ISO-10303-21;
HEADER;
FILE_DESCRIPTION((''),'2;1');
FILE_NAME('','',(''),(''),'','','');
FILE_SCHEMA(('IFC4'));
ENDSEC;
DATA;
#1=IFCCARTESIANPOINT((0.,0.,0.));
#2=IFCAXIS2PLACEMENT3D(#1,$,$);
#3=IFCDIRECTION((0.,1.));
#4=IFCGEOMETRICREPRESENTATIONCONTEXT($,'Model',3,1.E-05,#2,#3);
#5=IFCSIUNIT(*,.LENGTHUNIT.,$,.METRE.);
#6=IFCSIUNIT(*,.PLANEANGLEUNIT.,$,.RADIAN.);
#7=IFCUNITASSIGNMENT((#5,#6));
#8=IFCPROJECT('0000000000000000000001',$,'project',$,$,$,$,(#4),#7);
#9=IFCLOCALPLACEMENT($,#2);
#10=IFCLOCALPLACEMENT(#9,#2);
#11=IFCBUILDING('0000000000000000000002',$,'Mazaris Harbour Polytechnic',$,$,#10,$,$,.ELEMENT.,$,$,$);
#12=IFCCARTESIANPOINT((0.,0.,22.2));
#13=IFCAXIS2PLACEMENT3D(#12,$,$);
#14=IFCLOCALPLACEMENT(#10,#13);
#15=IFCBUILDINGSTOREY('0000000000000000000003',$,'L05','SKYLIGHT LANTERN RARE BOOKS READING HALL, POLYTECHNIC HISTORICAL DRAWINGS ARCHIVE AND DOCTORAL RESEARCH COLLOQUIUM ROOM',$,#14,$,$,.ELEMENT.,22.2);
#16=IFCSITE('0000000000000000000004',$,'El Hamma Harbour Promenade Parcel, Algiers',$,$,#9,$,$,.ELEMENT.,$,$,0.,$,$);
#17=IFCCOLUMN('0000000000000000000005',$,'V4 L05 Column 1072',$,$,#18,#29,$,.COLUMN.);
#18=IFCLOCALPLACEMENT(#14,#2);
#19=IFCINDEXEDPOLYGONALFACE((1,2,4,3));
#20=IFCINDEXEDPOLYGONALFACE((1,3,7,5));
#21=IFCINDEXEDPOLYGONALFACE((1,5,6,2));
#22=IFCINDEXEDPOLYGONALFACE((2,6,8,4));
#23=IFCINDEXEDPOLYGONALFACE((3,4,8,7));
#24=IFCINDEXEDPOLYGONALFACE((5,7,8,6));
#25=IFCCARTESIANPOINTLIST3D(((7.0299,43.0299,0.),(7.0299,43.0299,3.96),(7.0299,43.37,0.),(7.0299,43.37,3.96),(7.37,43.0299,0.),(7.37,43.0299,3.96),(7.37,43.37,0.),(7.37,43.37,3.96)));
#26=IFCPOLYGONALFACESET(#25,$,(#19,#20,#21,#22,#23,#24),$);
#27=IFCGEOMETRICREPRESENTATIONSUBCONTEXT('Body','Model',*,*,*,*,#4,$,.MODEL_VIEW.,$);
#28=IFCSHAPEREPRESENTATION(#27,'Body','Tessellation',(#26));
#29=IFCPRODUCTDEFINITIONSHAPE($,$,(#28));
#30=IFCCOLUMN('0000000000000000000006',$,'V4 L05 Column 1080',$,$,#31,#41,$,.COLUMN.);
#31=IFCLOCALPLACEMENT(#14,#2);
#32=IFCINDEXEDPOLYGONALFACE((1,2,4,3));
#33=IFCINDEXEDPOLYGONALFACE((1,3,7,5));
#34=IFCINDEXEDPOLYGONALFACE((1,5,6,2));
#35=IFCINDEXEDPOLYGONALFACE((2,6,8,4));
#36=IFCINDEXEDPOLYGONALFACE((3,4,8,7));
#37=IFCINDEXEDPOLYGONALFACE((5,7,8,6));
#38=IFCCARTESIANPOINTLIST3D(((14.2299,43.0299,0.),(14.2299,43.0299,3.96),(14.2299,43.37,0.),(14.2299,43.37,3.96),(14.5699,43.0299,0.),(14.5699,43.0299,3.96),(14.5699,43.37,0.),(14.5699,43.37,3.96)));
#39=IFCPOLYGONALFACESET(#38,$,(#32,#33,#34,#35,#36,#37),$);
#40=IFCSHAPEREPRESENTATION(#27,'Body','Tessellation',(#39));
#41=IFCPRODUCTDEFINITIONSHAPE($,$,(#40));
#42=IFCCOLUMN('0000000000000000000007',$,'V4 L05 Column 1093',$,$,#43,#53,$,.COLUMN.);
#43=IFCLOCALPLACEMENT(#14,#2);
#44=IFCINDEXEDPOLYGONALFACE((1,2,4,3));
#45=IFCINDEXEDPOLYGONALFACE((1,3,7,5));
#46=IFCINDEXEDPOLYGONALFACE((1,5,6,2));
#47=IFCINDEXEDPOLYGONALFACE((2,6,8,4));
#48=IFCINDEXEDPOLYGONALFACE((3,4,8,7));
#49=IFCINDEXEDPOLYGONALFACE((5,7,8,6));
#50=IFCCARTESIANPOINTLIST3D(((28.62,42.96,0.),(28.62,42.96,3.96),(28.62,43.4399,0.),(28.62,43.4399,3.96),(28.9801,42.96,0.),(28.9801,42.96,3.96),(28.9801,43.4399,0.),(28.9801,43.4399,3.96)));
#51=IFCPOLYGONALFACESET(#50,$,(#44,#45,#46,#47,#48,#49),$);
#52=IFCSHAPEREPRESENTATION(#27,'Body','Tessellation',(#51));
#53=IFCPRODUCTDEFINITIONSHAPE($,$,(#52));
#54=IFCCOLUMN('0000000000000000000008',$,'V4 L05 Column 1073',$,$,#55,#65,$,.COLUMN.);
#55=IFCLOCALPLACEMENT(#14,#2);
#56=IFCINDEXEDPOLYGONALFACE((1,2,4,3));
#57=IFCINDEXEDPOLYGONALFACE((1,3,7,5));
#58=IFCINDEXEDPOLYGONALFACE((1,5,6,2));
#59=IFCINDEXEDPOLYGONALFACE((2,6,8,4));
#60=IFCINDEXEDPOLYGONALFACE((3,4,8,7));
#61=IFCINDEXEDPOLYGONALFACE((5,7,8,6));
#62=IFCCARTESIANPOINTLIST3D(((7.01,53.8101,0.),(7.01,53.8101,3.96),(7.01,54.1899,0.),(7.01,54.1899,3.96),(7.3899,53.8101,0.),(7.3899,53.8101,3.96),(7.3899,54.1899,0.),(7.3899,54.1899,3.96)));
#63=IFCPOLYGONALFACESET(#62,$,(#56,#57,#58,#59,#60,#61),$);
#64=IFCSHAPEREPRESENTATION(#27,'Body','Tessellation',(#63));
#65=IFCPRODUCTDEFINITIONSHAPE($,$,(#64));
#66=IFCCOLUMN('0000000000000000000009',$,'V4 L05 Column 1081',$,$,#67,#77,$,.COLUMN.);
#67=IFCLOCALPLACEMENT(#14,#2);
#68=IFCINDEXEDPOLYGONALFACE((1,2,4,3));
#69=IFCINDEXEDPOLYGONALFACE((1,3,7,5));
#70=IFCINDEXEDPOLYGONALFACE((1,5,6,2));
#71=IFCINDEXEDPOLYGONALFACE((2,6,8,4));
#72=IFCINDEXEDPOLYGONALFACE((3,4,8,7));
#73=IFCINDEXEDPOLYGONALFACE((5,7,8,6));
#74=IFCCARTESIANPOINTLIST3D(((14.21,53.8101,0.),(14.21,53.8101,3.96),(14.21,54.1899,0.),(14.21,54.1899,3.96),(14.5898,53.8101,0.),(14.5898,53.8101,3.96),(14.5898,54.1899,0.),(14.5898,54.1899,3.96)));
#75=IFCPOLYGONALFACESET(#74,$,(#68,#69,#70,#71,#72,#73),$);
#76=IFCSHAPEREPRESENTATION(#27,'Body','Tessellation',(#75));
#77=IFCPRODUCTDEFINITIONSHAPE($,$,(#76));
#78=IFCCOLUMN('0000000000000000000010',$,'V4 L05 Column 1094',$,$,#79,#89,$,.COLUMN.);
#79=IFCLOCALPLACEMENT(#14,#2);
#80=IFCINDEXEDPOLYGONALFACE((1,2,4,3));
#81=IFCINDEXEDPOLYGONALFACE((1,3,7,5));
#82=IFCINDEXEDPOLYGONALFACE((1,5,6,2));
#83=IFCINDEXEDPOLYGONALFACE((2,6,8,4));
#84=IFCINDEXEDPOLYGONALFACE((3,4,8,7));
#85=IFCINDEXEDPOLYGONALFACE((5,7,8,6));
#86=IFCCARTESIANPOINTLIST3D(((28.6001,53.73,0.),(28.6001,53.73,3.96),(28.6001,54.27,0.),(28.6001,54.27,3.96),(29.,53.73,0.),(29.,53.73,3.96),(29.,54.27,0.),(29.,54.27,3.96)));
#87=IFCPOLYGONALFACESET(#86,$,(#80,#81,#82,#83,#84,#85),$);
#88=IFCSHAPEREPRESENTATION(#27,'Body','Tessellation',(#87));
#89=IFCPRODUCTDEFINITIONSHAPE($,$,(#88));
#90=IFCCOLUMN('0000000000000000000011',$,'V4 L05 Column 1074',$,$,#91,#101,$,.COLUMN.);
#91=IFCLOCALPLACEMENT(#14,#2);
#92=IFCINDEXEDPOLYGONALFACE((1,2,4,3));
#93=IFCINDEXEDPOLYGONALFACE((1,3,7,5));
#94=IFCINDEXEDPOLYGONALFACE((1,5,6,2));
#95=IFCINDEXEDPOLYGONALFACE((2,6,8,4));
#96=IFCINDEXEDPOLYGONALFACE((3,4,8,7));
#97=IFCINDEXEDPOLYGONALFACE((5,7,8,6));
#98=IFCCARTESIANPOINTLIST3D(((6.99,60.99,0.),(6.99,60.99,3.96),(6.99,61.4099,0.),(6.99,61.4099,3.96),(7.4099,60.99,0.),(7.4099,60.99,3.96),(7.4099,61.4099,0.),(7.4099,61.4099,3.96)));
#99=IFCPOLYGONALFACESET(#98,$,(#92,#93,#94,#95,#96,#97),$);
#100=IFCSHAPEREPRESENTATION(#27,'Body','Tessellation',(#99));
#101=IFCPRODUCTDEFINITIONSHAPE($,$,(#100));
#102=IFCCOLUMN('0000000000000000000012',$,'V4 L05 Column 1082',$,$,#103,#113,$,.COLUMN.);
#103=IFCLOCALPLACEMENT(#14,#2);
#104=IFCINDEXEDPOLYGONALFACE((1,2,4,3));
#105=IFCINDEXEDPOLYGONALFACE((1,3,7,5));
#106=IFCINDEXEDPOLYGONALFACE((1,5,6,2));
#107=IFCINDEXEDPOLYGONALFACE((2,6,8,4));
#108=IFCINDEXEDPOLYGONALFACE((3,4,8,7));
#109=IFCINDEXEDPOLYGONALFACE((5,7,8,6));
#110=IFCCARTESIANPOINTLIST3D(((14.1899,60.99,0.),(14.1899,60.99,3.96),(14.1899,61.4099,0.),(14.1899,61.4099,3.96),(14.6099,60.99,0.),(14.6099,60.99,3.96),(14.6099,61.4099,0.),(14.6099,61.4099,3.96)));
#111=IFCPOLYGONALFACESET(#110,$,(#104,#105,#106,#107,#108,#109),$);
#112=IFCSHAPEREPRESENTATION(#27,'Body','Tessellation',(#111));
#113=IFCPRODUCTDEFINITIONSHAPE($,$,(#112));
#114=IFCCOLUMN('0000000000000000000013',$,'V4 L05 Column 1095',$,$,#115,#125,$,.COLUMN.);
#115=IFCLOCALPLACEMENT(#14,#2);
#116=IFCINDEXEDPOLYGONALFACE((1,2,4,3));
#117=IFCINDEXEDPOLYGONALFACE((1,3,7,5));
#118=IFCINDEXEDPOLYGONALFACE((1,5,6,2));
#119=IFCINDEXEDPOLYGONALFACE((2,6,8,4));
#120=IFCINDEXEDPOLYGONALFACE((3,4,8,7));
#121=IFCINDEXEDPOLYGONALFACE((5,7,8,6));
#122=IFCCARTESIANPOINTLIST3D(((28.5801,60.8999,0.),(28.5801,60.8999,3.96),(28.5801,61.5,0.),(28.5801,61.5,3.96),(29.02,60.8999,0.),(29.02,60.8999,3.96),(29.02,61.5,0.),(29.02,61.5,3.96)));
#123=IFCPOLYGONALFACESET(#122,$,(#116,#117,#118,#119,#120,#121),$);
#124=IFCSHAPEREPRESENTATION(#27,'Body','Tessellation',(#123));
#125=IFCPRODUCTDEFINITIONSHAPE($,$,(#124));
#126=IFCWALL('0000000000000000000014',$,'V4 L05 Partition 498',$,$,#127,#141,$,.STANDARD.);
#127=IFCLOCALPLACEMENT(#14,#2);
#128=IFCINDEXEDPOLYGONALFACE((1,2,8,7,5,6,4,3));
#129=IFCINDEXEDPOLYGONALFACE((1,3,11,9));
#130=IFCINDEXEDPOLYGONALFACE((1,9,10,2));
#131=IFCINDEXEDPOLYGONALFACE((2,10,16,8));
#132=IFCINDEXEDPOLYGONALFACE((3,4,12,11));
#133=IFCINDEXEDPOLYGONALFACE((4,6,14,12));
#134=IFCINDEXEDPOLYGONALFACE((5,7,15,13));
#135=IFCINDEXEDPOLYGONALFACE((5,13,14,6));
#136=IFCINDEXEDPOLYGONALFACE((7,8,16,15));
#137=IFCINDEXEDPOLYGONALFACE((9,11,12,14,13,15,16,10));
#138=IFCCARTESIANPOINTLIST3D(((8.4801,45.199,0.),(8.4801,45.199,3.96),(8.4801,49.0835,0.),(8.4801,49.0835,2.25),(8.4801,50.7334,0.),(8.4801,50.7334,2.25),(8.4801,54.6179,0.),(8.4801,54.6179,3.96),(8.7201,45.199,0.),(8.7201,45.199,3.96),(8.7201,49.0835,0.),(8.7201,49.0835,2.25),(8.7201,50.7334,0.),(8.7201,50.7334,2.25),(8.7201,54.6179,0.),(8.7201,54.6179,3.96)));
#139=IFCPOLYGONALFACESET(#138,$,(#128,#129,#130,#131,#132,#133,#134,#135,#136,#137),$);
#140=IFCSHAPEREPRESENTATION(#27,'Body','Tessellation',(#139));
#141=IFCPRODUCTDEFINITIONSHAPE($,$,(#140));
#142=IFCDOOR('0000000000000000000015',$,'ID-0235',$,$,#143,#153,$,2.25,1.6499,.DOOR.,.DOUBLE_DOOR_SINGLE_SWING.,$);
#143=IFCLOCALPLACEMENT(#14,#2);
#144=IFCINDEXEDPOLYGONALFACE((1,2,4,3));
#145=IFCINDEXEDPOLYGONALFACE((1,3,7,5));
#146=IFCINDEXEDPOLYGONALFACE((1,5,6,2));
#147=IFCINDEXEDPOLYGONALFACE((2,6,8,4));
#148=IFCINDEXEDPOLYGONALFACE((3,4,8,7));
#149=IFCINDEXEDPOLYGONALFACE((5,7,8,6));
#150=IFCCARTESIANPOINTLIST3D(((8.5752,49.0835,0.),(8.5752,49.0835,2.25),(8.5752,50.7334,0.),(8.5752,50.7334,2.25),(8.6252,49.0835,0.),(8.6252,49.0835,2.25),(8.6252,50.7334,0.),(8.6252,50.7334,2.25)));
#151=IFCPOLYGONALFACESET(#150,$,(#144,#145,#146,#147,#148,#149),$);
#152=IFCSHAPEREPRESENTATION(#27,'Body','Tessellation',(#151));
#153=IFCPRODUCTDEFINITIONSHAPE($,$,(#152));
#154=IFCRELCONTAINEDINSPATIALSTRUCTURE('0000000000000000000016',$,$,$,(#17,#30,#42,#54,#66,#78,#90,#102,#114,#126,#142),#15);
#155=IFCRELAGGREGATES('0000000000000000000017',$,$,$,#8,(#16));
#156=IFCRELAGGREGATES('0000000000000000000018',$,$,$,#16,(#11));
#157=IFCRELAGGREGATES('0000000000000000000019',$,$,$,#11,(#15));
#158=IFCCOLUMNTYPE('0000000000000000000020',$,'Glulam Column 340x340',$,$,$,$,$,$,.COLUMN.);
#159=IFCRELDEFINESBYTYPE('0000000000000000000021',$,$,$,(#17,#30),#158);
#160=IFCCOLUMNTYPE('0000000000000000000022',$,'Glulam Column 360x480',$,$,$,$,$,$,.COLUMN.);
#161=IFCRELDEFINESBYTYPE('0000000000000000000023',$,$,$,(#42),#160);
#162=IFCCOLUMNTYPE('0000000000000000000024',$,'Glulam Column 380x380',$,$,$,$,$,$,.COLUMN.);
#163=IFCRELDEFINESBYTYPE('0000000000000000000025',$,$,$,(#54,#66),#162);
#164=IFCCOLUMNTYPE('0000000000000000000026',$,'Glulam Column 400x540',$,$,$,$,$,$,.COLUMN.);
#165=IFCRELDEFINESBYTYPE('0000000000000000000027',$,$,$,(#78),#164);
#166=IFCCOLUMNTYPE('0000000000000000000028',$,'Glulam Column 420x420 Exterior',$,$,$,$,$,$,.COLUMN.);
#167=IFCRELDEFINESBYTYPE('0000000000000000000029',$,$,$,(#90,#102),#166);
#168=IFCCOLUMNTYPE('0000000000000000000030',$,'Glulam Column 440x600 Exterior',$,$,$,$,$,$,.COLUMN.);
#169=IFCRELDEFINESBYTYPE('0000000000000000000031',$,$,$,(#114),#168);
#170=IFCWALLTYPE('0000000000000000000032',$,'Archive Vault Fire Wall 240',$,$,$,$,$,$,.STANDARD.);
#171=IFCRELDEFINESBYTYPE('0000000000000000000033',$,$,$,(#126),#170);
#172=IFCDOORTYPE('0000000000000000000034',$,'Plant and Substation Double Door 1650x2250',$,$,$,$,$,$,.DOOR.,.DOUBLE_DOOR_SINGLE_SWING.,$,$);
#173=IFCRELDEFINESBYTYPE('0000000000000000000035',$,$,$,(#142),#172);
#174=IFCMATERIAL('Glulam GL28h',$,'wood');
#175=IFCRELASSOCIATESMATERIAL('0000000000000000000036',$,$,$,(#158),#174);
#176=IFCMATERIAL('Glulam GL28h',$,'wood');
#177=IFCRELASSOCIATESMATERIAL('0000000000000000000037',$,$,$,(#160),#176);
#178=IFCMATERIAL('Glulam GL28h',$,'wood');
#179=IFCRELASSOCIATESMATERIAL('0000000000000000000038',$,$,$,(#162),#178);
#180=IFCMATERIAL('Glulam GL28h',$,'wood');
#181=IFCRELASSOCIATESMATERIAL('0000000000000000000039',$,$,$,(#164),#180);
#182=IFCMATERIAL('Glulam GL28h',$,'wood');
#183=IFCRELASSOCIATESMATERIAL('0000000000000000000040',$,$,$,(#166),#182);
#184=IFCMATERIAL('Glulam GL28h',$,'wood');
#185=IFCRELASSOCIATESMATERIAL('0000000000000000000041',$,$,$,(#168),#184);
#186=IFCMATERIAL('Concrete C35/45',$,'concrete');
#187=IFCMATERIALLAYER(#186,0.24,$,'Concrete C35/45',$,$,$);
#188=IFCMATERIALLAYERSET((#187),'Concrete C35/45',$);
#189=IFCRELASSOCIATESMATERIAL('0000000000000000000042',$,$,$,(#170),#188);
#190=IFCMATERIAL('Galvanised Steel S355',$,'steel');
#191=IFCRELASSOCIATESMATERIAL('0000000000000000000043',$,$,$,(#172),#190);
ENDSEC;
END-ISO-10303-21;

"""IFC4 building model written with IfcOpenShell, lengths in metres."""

from ifc_helpers import new_model, si_unit, direction, frame, frame_2d, origin, origin_2d, place, context, subcontext, project, spatial, rectangle, extrude, material, layer, layer_set, material_profile, profile_set, type_object, element, fill, save


model = new_model("IFC4")

# Units and contexts
model_context = context("Model", 3, precision=1e-05, world=origin(), true_north=direction((0.0, 1.0)))
body_context = subcontext(model_context, "Body", "Model", "MODEL_VIEW")
ifc_project = project(units=[si_unit("LENGTHUNIT", "METRE"), si_unit("PLANEANGLEUNIT", "RADIAN")], contexts=[model_context])

# Site, building, storey
site_placement = place(None, origin())
site = spatial("IfcSite", under=ifc_project, at=site_placement, Name="El Hamma Harbour Promenade Parcel, Algiers", CompositionType="ELEMENT", RefElevation=0.0)
building_placement = place(site_placement, origin())
building = spatial("IfcBuilding", under=site, at=building_placement, Name="Mazaris Harbour Polytechnic", CompositionType="ELEMENT")
storey_placement = place(building_placement, frame((0.0, 0.0, 22.2)))
storey = spatial("IfcBuildingStorey", under=building, at=storey_placement, Name="L05", Description="SKYLIGHT LANTERN RARE BOOKS READING HALL, POLYTECHNIC HISTORICAL DRAWINGS ARCHIVE AND DOCTORAL RESEARCH COLLOQUIUM ROOM", CompositionType="ELEMENT", Elevation=22.2)

# Columns
ifc_material_1 = material(Name="Glulam GL28h", Category="wood")
ifc_material_profile_1 = material_profile(ifc_material_1, rectangle(XDim=0.3401, YDim=0.3401, at=origin_2d()), Name="RECT340x340")
ifc_profile_set_1 = profile_set([ifc_material_profile_1], Name="Glulam GL28h")
column_type_1 = type_object("IfcColumnType", Name="Glulam Column 340x340", PredefinedType="COLUMN", material=ifc_profile_set_1)
for number, where, z_axis, x_axis, name in (
    (1, (7.2, 43.2, 0.0), (0.0, 0.0, 1.0), (1.0, 0.0, 0.0), "V4 L05 Column 1072"),
    (2, (14.3999, 43.2, 0.0), (0.0, 0.0, 1.0), (1.0, 0.0, 0.0), "V4 L05 Column 1080"),
):
    element("IfcColumn", number, at=place(storey_placement, frame(where, z_axis=z_axis, x_axis=x_axis)), inside=storey, type_object=column_type_1, Name=name, PredefinedType="COLUMN", context=body_context, shape_type="SweptSolid", body=[
        extrude(rectangle(XDim=0.3401, YDim=0.3401, at=origin_2d()), origin(), (0.0, 0.0, 1.0), 3.96),
    ])
ifc_material_2 = material(Name="Glulam GL28h", Category="wood")
ifc_material_profile_2 = material_profile(ifc_material_2, rectangle(XDim=0.3601, YDim=0.48, at=origin_2d()), Name="RECT360x480")
ifc_profile_set_2 = profile_set([ifc_material_profile_2], Name="Glulam GL28h")
column_type_2 = type_object("IfcColumnType", Name="Glulam Column 360x480", PredefinedType="COLUMN", material=ifc_profile_set_2)
column_1_placement = place(storey_placement, frame((28.8, 43.2, 0.0), z_axis=(0.0, 0.0, 1.0), x_axis=(1.0, 0.0, 0.0)))
element("IfcColumn", 3, at=column_1_placement, inside=storey, type_object=column_type_2, Name="V4 L05 Column 1093", PredefinedType="COLUMN", context=body_context, shape_type="SweptSolid", body=[
    extrude(rectangle(XDim=0.3601, YDim=0.48, at=origin_2d()), origin(), (0.0, 0.0, 1.0), 3.96),
])
ifc_material_3 = material(Name="Glulam GL28h", Category="wood")
ifc_material_profile_3 = material_profile(ifc_material_3, rectangle(XDim=0.3799, YDim=0.3799, at=origin_2d()), Name="RECT380x380")
ifc_profile_set_3 = profile_set([ifc_material_profile_3], Name="Glulam GL28h")
column_type_3 = type_object("IfcColumnType", Name="Glulam Column 380x380", PredefinedType="COLUMN", material=ifc_profile_set_3)
for number, where, z_axis, x_axis, name in (
    (4, (7.2, 54.0, 0.0), (0.0, 0.0, 1.0), (1.0, 0.0, 0.0), "V4 L05 Column 1073"),
    (5, (14.3999, 54.0, 0.0), (0.0, 0.0, 1.0), (1.0, 0.0, 0.0), "V4 L05 Column 1081"),
):
    element("IfcColumn", number, at=place(storey_placement, frame(where, z_axis=z_axis, x_axis=x_axis)), inside=storey, type_object=column_type_3, Name=name, PredefinedType="COLUMN", context=body_context, shape_type="SweptSolid", body=[
        extrude(rectangle(XDim=0.3799, YDim=0.3799, at=origin_2d()), origin(), (0.0, 0.0, 1.0), 3.96),
    ])
ifc_material_4 = material(Name="Glulam GL28h", Category="wood")
ifc_material_profile_4 = material_profile(ifc_material_4, rectangle(XDim=0.3999, YDim=0.54, at=origin_2d()), Name="RECT400x540")
ifc_profile_set_4 = profile_set([ifc_material_profile_4], Name="Glulam GL28h")
column_type_4 = type_object("IfcColumnType", Name="Glulam Column 400x540", PredefinedType="COLUMN", material=ifc_profile_set_4)
column_2_placement = place(storey_placement, frame((28.8, 54.0, 0.0), z_axis=(0.0, 0.0, 1.0), x_axis=(1.0, 0.0, 0.0)))
element("IfcColumn", 6, at=column_2_placement, inside=storey, type_object=column_type_4, Name="V4 L05 Column 1094", PredefinedType="COLUMN", context=body_context, shape_type="SweptSolid", body=[
    extrude(rectangle(XDim=0.3999, YDim=0.54, at=origin_2d()), origin(), (0.0, 0.0, 1.0), 3.96),
])
ifc_material_5 = material(Name="Glulam GL28h", Category="wood")
ifc_material_profile_5 = material_profile(ifc_material_5, rectangle(XDim=0.4199, YDim=0.4199, at=origin_2d()), Name="RECT420x420")
ifc_profile_set_5 = profile_set([ifc_material_profile_5], Name="Glulam GL28h")
column_type_5 = type_object("IfcColumnType", Name="Glulam Column 420x420 Exterior", PredefinedType="COLUMN", material=ifc_profile_set_5)
for number, where, z_axis, x_axis, name in (
    (7, (7.2, 61.2, 0.0), (0.0, 0.0, 1.0), (1.0, 0.0, 0.0), "V4 L05 Column 1074"),
    (8, (14.3999, 61.2, 0.0), (0.0, 0.0, 1.0), (1.0, 0.0, 0.0), "V4 L05 Column 1082"),
):
    element("IfcColumn", number, at=place(storey_placement, frame(where, z_axis=z_axis, x_axis=x_axis)), inside=storey, type_object=column_type_5, Name=name, PredefinedType="COLUMN", context=body_context, shape_type="SweptSolid", body=[
        extrude(rectangle(XDim=0.4199, YDim=0.4199, at=origin_2d()), origin(), (0.0, 0.0, 1.0), 3.96),
    ])
ifc_material_6 = material(Name="Glulam GL28h", Category="wood")
ifc_material_profile_6 = material_profile(ifc_material_6, rectangle(XDim=0.4399, YDim=0.6001, at=origin_2d()), Name="RECT440x600")
ifc_profile_set_6 = profile_set([ifc_material_profile_6], Name="Glulam GL28h")
column_type_6 = type_object("IfcColumnType", Name="Glulam Column 440x600 Exterior", PredefinedType="COLUMN", material=ifc_profile_set_6)
column_3_placement = place(storey_placement, frame((28.8, 61.2, 0.0), z_axis=(0.0, 0.0, 1.0), x_axis=(1.0, 0.0, 0.0)))
element("IfcColumn", 9, at=column_3_placement, inside=storey, type_object=column_type_6, Name="V4 L05 Column 1095", PredefinedType="COLUMN", context=body_context, shape_type="SweptSolid", body=[
    extrude(rectangle(XDim=0.4399, YDim=0.6001, at=origin_2d()), origin(), (0.0, 0.0, 1.0), 3.96),
])

# Wall, opening, door
ifc_material_7 = material(Name="Concrete C35/45", Category="concrete")
ifc_layer_1 = layer(ifc_material_7, 0.24, Name="Concrete C35/45")
ifc_layer_set_1 = layer_set([ifc_layer_1], Name="Concrete C35/45")
wall_type_1 = type_object("IfcWallType", Name="Archive Vault Fire Wall 240", PredefinedType="STANDARD", material=ifc_layer_set_1)
wall_1_placement = place(storey_placement, frame((8.6001, 45.199, 0.0), z_axis=(0.0, 0.0, 1.0), x_axis=(0.0, 1.0, 0.0)))
wall_1 = element("IfcWall", 10, at=wall_1_placement, inside=storey, type_object=wall_type_1, Name="V4 L05 Partition 498", PredefinedType="STANDARD", context=body_context, shape_type="SweptSolid", body=[
    extrude(rectangle(XDim=9.4189, YDim=0.24, at=frame_2d((4.7095, 0.0))), origin(), (0.0, 0.0, 1.0), 3.96),
])
opening_1_placement = place(wall_1_placement, frame((3.8845, 0.0, 0.0)))
opening_1 = element("IfcOpeningElement", 11, at=opening_1_placement, cuts=wall_1, PredefinedType="OPENING", context=body_context, shape_type="SweptSolid", body=[
    extrude(rectangle(XDim=1.6499, YDim=2.25, at=frame_2d((0.825, 1.125))), frame((0.0, 0.1299, 0.0), z_axis=(0.0, -1.0, 0.0), x_axis=(1.0, 0.0, 0.0)), (0.0, 0.0, 1.0), 0.26),
])
ifc_material_8 = material(Name="Galvanised Steel S355", Category="steel")
door_type = type_object("IfcDoorType", Name="Plant and Substation Double Door 1650x2250", OperationType="DOUBLE_DOOR_SINGLE_SWING", PredefinedType="DOOR", material=ifc_material_8)
door_1_placement = place(opening_1_placement, origin())
door_1 = element("IfcDoor", 12, at=door_1_placement, inside=storey, type_object=door_type, Name="ID-0235", OperationType="DOUBLE_DOOR_SINGLE_SWING", OverallHeight=2.25, OverallWidth=1.6499, PredefinedType="DOOR", context=body_context, shape_type="SweptSolid", body=[
    extrude(rectangle(XDim=1.6499, YDim=2.25, at=frame_2d((0.825, 1.125))), frame((0.0, 0.0249, 0.0), z_axis=(0.0, -1.0, 0.0), x_axis=(1.0, 0.0, 0.0)), (0.0, 0.0, 1.0), 0.05),
])
fill(opening_1, door_1)

save(model, "model.ifc")
